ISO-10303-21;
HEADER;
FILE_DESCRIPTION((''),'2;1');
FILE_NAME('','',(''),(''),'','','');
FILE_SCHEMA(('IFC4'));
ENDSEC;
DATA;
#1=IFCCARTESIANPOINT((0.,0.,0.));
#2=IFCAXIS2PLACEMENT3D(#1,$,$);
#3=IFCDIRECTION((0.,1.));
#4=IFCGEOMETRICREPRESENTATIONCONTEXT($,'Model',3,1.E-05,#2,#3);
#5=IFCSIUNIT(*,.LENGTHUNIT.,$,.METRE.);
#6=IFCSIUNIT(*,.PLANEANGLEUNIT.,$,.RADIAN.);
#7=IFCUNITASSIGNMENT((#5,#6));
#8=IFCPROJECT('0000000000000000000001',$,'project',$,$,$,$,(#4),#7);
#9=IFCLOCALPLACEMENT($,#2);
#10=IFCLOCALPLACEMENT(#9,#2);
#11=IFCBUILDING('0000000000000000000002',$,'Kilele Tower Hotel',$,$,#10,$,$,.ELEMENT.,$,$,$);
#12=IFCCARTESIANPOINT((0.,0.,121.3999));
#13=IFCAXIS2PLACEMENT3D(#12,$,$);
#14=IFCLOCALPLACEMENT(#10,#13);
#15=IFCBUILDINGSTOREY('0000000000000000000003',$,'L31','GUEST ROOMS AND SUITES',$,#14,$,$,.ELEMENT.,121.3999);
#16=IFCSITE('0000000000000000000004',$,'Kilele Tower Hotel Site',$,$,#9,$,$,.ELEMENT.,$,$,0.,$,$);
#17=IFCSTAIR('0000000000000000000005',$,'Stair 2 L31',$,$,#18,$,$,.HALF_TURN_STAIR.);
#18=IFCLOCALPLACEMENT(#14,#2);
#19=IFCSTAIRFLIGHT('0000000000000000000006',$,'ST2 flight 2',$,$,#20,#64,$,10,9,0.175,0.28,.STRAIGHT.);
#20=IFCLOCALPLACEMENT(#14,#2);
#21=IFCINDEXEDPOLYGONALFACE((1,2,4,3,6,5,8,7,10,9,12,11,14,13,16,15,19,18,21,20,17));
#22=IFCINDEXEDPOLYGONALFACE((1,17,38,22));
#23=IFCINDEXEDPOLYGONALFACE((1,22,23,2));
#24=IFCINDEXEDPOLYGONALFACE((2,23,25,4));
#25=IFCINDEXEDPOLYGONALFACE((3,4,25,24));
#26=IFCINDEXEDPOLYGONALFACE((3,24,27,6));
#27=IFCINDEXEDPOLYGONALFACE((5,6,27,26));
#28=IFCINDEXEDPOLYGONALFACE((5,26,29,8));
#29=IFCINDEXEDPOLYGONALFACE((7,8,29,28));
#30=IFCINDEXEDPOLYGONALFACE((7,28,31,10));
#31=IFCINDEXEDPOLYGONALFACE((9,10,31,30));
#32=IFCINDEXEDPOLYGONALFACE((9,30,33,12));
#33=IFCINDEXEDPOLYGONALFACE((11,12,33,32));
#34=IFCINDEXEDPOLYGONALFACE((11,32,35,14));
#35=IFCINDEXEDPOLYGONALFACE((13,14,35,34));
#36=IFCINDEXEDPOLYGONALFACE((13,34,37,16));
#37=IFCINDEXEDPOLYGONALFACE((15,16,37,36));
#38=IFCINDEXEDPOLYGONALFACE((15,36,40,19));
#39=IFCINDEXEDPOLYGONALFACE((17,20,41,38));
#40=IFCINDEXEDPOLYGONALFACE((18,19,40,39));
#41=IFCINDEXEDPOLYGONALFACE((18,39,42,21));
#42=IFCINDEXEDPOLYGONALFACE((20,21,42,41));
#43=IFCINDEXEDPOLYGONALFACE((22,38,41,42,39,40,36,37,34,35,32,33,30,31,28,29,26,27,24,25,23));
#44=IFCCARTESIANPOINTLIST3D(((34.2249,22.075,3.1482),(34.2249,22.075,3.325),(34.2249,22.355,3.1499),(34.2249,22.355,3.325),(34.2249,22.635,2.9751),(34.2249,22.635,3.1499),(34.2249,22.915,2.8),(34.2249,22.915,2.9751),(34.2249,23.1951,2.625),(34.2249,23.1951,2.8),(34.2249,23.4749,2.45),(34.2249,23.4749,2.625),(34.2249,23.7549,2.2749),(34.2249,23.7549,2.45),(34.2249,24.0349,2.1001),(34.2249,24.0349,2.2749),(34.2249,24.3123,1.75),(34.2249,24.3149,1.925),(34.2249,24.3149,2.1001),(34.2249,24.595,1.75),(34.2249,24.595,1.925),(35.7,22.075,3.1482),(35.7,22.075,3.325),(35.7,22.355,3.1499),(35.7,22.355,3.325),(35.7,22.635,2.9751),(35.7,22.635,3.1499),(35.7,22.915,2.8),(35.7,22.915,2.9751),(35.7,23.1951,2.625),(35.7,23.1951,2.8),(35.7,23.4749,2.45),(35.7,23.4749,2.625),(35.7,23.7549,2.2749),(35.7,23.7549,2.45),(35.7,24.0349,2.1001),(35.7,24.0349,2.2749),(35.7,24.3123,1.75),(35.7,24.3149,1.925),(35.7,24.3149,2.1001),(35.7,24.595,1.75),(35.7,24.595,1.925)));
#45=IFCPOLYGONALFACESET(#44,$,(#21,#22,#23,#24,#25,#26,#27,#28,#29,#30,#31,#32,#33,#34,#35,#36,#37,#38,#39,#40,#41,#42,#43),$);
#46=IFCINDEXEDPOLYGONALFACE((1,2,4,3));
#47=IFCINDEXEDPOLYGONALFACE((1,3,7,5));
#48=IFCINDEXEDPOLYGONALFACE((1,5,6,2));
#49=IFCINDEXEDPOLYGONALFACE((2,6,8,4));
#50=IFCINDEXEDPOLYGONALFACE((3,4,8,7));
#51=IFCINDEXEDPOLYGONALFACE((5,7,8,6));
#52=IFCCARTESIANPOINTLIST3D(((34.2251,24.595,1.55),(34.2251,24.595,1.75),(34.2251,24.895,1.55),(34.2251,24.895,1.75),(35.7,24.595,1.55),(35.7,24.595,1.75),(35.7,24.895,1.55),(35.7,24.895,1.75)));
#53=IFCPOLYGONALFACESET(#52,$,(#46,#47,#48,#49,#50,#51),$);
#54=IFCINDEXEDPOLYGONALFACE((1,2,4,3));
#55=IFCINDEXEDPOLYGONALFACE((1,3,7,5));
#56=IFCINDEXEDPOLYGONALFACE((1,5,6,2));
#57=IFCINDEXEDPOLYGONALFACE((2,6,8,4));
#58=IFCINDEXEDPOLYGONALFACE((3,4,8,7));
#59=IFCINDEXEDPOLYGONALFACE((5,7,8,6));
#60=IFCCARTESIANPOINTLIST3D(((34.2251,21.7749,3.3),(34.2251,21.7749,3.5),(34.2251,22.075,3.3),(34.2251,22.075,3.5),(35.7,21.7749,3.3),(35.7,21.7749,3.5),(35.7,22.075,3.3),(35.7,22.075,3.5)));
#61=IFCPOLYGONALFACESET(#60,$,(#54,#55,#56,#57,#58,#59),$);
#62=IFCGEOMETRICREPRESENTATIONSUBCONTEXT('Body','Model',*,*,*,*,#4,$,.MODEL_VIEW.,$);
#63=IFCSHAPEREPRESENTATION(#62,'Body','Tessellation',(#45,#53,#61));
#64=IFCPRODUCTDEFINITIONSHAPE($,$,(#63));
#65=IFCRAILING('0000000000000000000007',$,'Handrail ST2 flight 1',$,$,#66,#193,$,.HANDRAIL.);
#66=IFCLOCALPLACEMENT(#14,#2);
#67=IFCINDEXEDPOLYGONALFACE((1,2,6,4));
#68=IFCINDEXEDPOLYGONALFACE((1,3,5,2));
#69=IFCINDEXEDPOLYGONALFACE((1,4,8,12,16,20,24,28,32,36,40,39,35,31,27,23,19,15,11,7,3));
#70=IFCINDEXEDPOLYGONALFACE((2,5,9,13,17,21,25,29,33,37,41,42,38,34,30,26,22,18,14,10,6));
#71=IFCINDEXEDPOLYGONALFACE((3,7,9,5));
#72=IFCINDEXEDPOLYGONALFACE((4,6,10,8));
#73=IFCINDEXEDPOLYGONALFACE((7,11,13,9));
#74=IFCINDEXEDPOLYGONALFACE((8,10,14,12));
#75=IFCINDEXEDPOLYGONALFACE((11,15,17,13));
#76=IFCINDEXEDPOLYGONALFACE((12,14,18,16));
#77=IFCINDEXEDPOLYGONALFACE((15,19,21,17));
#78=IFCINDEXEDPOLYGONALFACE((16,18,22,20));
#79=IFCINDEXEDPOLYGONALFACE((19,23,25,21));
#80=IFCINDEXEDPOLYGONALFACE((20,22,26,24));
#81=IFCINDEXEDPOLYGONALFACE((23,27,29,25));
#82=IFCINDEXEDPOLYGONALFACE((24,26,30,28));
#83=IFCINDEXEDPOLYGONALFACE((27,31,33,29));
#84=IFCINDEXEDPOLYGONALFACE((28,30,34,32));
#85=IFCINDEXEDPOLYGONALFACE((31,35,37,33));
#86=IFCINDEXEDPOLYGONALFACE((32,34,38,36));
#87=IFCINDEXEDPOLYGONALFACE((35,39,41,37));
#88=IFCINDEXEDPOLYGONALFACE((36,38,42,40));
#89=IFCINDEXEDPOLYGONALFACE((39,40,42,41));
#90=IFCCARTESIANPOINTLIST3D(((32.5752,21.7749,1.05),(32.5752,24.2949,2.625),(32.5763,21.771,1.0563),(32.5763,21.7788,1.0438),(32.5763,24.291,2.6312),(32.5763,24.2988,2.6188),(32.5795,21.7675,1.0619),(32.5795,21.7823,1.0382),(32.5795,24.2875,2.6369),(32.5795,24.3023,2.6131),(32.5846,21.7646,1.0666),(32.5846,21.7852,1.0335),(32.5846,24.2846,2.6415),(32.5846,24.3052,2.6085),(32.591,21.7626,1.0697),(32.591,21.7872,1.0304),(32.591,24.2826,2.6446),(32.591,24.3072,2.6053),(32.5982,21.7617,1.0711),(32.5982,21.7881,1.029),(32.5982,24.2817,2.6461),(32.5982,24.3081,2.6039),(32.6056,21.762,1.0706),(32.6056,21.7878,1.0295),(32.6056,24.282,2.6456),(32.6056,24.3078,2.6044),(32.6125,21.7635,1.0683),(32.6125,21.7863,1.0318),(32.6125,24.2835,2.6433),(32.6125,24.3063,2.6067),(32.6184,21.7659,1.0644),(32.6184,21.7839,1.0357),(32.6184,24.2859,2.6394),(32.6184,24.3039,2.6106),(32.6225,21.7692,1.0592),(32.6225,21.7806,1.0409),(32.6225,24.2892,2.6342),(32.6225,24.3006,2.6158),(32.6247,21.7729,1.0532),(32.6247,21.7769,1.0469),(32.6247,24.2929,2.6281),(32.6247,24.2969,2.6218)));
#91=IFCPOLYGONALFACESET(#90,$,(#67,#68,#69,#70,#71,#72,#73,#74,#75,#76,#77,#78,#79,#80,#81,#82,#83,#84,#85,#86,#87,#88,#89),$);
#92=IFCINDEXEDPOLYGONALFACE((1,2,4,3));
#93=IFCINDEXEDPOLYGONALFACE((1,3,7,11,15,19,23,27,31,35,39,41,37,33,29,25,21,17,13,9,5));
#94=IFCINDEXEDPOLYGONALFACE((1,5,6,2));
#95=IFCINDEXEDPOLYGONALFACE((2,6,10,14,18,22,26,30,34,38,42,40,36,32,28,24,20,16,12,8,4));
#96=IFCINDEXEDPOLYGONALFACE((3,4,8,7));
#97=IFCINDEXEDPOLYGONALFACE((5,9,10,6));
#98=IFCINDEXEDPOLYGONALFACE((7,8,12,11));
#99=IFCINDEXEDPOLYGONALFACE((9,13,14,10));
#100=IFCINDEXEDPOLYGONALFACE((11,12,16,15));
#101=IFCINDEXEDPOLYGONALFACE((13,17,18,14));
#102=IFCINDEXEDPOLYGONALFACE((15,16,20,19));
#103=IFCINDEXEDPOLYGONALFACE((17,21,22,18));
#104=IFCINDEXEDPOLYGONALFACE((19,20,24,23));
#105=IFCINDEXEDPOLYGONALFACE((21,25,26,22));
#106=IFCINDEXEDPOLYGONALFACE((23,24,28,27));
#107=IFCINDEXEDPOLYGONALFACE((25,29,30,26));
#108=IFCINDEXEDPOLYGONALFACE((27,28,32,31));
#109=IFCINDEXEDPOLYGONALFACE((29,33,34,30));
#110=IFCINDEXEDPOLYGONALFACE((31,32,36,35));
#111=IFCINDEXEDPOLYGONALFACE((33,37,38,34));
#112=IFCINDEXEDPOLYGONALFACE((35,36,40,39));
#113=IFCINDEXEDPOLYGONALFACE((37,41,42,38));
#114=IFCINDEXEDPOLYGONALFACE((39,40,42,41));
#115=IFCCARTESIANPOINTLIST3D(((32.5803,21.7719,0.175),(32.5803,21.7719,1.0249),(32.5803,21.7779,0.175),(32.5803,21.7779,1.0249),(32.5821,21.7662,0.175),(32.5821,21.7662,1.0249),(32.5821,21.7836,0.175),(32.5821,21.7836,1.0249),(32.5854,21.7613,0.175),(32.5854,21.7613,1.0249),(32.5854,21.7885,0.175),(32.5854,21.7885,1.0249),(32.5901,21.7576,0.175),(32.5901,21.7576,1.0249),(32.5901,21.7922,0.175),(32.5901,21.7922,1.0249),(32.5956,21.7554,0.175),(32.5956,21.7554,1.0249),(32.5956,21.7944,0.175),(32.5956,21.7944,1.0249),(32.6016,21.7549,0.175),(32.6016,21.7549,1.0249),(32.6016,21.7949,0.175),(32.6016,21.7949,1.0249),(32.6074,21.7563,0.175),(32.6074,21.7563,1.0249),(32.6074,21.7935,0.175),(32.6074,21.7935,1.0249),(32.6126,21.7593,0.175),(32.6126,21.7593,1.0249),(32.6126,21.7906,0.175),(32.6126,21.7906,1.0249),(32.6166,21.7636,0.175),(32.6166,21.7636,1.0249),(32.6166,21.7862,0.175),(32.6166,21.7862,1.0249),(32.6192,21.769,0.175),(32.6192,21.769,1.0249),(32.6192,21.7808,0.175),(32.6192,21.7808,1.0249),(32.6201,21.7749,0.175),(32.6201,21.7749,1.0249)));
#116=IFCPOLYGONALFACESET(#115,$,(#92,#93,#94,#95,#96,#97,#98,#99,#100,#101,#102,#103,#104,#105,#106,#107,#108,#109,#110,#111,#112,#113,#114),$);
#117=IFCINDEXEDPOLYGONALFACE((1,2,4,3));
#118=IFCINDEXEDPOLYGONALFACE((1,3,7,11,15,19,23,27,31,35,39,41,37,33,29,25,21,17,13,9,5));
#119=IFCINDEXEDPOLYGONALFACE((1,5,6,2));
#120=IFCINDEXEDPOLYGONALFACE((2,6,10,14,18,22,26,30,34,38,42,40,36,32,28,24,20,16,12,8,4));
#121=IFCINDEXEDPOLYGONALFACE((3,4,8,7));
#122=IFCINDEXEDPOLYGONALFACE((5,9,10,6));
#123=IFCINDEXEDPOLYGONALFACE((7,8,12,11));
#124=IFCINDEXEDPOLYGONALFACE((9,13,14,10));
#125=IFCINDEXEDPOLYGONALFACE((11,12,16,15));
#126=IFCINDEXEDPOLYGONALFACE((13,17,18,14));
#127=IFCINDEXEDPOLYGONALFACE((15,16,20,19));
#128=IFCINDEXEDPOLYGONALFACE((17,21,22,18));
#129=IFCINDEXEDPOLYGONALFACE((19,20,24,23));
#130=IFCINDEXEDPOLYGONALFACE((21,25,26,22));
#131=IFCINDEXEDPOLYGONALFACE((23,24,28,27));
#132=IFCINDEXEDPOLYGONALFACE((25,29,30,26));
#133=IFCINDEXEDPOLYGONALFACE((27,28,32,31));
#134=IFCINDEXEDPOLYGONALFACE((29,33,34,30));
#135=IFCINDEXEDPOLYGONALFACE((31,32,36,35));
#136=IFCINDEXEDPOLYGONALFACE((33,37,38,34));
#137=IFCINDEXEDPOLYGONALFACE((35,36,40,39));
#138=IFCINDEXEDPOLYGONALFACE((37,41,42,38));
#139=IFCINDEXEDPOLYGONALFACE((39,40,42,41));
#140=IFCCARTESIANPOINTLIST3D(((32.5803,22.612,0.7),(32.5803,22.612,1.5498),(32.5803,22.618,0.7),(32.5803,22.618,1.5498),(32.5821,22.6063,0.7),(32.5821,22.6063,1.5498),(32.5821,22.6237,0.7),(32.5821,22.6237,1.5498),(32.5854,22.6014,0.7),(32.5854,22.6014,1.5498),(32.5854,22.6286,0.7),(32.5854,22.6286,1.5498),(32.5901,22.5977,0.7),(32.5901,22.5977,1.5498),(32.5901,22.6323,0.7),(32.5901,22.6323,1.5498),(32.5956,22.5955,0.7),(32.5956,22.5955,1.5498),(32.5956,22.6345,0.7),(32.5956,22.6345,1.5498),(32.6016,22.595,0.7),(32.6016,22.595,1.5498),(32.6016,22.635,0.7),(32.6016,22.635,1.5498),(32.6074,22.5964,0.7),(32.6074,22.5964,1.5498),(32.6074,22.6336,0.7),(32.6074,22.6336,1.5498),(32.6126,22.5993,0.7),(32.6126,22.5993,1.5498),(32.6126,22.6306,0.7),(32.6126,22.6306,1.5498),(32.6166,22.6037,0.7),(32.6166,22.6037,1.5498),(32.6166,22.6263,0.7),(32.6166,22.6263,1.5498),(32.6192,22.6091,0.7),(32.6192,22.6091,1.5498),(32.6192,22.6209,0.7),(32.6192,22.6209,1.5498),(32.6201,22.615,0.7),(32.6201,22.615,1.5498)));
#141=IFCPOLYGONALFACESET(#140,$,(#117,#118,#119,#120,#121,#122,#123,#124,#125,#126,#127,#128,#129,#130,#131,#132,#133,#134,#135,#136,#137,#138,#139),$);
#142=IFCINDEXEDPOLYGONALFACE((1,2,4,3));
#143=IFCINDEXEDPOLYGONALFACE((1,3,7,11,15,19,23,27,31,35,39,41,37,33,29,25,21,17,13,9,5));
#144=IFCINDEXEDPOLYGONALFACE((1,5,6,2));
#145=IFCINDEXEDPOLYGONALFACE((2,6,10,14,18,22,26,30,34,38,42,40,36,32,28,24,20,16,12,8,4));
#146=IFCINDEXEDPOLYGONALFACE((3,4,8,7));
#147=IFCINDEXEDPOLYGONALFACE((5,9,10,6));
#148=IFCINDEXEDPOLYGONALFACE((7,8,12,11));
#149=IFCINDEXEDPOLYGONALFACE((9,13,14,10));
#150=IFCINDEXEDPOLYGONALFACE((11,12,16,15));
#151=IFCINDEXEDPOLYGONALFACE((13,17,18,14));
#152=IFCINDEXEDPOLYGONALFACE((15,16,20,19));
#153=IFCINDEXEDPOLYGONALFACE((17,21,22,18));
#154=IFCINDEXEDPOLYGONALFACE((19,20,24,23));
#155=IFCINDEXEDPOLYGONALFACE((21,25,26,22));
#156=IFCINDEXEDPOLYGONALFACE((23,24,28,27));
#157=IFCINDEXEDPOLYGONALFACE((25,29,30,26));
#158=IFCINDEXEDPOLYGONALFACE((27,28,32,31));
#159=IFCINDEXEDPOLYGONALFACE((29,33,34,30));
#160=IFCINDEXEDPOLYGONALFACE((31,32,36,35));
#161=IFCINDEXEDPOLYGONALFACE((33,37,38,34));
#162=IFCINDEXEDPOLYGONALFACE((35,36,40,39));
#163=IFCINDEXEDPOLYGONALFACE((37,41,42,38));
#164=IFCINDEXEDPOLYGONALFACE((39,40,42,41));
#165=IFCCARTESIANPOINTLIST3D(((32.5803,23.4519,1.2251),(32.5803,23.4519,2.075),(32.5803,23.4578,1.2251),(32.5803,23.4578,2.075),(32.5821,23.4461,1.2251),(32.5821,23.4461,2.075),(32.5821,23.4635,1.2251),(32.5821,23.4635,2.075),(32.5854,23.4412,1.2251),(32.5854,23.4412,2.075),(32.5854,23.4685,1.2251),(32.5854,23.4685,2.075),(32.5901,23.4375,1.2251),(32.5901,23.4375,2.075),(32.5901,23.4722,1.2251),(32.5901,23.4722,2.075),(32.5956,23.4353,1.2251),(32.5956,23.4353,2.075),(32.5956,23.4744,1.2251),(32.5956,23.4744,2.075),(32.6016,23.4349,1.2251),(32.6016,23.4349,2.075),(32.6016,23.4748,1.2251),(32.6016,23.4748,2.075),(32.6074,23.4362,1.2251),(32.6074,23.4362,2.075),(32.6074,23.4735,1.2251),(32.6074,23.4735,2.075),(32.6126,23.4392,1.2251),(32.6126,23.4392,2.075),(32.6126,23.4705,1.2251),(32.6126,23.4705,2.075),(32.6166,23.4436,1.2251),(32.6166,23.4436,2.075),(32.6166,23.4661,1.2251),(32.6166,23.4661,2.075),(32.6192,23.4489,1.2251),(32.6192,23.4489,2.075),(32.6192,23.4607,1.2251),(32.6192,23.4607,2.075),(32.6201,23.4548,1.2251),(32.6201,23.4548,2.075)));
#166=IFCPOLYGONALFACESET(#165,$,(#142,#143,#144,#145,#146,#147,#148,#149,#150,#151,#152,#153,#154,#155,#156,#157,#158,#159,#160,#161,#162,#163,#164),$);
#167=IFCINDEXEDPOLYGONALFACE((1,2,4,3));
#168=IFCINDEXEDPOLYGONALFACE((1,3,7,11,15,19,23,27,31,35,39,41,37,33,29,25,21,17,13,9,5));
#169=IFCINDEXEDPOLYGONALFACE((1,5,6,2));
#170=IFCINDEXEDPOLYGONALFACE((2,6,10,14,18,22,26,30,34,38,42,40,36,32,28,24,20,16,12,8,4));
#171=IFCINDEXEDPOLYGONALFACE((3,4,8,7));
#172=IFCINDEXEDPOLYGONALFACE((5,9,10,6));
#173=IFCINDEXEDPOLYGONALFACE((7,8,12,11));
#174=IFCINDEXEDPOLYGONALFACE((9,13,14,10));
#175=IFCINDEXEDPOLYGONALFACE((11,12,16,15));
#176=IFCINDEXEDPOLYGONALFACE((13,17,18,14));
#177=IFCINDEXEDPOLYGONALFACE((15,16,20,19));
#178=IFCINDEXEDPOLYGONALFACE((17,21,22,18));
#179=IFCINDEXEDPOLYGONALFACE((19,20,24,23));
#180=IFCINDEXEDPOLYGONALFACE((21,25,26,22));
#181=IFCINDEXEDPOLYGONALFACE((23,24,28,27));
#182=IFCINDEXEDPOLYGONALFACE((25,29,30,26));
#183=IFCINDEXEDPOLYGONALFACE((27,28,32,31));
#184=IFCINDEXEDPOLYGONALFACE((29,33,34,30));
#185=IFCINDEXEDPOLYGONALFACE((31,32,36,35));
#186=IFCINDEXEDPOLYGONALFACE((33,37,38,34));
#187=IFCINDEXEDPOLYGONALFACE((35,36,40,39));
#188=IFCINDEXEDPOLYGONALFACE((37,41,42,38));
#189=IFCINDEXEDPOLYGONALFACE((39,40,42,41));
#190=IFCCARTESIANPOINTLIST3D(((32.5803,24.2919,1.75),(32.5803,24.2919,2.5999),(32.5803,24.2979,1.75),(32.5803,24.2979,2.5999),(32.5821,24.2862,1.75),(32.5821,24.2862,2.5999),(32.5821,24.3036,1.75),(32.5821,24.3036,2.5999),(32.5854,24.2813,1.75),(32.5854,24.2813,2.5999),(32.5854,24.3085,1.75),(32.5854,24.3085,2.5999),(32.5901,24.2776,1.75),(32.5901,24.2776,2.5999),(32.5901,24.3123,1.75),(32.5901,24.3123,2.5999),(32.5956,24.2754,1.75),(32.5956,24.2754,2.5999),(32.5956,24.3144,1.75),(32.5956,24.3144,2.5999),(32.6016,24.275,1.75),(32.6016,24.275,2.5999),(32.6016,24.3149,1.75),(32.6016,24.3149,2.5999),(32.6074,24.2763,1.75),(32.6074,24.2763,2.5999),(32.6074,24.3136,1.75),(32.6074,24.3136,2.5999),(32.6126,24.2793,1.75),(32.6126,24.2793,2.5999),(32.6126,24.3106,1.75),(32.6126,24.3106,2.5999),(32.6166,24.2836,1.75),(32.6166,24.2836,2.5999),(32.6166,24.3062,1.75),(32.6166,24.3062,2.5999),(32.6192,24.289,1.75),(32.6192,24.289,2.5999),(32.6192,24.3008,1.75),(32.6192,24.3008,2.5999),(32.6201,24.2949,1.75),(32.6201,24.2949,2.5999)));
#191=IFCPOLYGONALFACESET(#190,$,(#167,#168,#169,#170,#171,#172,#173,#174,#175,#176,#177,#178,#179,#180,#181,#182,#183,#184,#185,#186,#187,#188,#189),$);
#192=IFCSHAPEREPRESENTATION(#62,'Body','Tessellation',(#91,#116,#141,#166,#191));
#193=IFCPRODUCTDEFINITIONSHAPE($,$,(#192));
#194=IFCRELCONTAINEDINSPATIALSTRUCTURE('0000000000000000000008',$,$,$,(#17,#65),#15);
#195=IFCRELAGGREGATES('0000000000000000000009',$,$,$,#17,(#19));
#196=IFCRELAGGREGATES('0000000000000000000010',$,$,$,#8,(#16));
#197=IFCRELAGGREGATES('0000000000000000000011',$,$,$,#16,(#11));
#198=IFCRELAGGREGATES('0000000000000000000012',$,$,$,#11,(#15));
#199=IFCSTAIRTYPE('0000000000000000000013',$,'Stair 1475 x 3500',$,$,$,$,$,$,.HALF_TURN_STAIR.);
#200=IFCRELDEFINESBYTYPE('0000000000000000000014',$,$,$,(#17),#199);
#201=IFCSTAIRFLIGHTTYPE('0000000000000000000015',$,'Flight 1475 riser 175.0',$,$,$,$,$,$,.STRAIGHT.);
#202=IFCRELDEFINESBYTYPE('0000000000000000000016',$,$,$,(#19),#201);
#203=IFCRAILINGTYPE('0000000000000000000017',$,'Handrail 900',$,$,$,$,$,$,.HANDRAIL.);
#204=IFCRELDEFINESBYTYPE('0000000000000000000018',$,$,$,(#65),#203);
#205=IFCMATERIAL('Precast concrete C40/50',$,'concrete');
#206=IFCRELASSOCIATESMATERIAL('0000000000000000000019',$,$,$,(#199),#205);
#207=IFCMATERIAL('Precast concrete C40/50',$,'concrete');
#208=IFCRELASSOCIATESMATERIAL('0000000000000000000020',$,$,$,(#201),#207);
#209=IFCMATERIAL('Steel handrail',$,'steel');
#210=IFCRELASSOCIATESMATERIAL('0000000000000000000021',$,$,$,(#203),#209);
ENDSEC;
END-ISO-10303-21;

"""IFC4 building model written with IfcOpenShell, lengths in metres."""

from ifc_helpers import new_model, si_unit, direction, frame, origin, origin_2d, place, context, subcontext, project, spatial, polyline, circle, outline, extrude, material, type_object, element, aggregate, save


model = new_model("IFC4")

# Units and contexts
model_context = context("Model", 3, precision=1e-05, world=origin(), true_north=direction((0.0, 1.0)))
body_context = subcontext(model_context, "Body", "Model", "MODEL_VIEW")
ifc_project = project(units=[si_unit("LENGTHUNIT", "METRE"), si_unit("PLANEANGLEUNIT", "RADIAN")], contexts=[model_context])

# Site, building, storey
site_placement = place(None, origin())
site = spatial("IfcSite", under=ifc_project, at=site_placement, Name="Kilele Tower Hotel Site", CompositionType="ELEMENT", RefElevation=0.0)
building_placement = place(site_placement, origin())
building = spatial("IfcBuilding", under=site, at=building_placement, Name="Kilele Tower Hotel", CompositionType="ELEMENT")
storey_placement = place(building_placement, frame((0.0, 0.0, 121.3999)))
storey = spatial("IfcBuildingStorey", under=building, at=storey_placement, Name="L31", Description="GUEST ROOMS AND SUITES", CompositionType="ELEMENT", Elevation=121.3999)

# Stair, stair flight
ifc_material_1 = material(Name="Precast concrete C40/50", Category="concrete")
stair_type = type_object("IfcStairType", Name="Stair 1475 x 3500", PredefinedType="HALF_TURN_STAIR", material=ifc_material_1)
stair_placement = place(storey_placement, origin())
stair = element("IfcStair", 1, at=stair_placement, inside=storey, type_object=stair_type, Name="Stair 2 L31", PredefinedType="HALF_TURN_STAIR")
ifc_material_2 = material(Name="Precast concrete C40/50", Category="concrete")
stair_flight_type = type_object("IfcStairFlightType", Name="Flight 1475 riser 175.0", PredefinedType="STRAIGHT", material=ifc_material_2)
stair_flight_1_placement = place(storey_placement, frame((34.9624, 24.595, 1.75), z_axis=(0.0, 0.0, 1.0), x_axis=(0.0, -1.0, 0.0)))
stair_flight_1 = element("IfcStairFlight", 2, at=stair_flight_1_placement, type_object=stair_flight_type, Name="ST2 flight 2", NumberOfRisers=10, NumberOfTreads=9, PredefinedType="STRAIGHT", RiserHeight=0.175, TreadLength=0.28, context=body_context, shape_type="SweptSolid", body=[
    extrude(outline(polyline([(0.0, 0.0), (0.0, 0.175), (0.28, 0.175), (0.28, 0.3501), (0.5601, 0.3501), (0.5601, 0.5249), (0.8401, 0.5249), (0.8401, 0.7), (1.1201, 0.7), (1.1201, 0.875), (1.3999, 0.875), (1.3999, 1.05), (1.6799, 1.05), (1.6799, 1.2251), (1.96, 1.2251), (1.96, 1.3999), (2.24, 1.3999), (2.24, 1.575), (2.52, 1.575), (2.52, 1.75), (2.52, 1.3982), (0.2827, 0.0), (0.0, 0.0)])), frame((0.0, 0.7375, 0.0), z_axis=(0.0, -1.0, 0.0), x_axis=(1.0, 0.0, 0.0)), (0.0, 0.0, 1.0), 1.4751),
    extrude(outline(polyline([(0.0, -0.7373), (0.0, 0.7375), (-0.3, 0.7375), (-0.3, -0.7373), (0.0, -0.7373)])), frame((0.0, 0.0, -0.2)), (0.0, 0.0, 1.0), 0.2),
    extrude(outline(polyline([(2.8201, -0.7373), (2.8201, 0.7375), (2.52, 0.7375), (2.52, -0.7373), (2.8201, -0.7373)])), frame((0.0, 0.0, 1.55)), (0.0, 0.0, 1.0), 0.2),
])
aggregate(stair, [stair_flight_1])

# Railing
ifc_material_3 = material(Name="Steel handrail", Category="steel")
railing_type_1 = type_object("IfcRailingType", Name="Handrail 900", PredefinedType="HANDRAIL", material=ifc_material_3)
for number, where, name in (
    (3, (32.6001, 21.7749, 0.175), "Handrail ST2 flight 1"),
):
    element("IfcRailing", number, at=place(storey_placement, frame(where)), inside=storey, type_object=railing_type_1, Name=name, PredefinedType="HANDRAIL", context=body_context, shape_type="SweptSolid", body=[
        extrude(circle(Radius=0.0249, at=origin_2d()), frame((0.0, 0.0, 0.875), z_axis=(0.0, 0.848008, 0.529984), x_axis=(-1.0, 0.0, 0.0)), (0.0, 0.0, 1.0), 2.9717),
        extrude(circle(Radius=0.02, at=origin_2d()), origin(), (0.0, 0.0, 1.0), 0.8499),
        extrude(circle(Radius=0.02, at=origin_2d()), frame((0.0, 0.8401, 0.5249)), (0.0, 0.0, 1.0), 0.8499),
        extrude(circle(Radius=0.02, at=origin_2d()), frame((0.0, 1.6799, 1.05)), (0.0, 0.0, 1.0), 0.8499),
        extrude(circle(Radius=0.02, at=origin_2d()), frame((0.0, 2.52, 1.575)), (0.0, 0.0, 1.0), 0.8499),
    ])

save(model, "model.ifc")
